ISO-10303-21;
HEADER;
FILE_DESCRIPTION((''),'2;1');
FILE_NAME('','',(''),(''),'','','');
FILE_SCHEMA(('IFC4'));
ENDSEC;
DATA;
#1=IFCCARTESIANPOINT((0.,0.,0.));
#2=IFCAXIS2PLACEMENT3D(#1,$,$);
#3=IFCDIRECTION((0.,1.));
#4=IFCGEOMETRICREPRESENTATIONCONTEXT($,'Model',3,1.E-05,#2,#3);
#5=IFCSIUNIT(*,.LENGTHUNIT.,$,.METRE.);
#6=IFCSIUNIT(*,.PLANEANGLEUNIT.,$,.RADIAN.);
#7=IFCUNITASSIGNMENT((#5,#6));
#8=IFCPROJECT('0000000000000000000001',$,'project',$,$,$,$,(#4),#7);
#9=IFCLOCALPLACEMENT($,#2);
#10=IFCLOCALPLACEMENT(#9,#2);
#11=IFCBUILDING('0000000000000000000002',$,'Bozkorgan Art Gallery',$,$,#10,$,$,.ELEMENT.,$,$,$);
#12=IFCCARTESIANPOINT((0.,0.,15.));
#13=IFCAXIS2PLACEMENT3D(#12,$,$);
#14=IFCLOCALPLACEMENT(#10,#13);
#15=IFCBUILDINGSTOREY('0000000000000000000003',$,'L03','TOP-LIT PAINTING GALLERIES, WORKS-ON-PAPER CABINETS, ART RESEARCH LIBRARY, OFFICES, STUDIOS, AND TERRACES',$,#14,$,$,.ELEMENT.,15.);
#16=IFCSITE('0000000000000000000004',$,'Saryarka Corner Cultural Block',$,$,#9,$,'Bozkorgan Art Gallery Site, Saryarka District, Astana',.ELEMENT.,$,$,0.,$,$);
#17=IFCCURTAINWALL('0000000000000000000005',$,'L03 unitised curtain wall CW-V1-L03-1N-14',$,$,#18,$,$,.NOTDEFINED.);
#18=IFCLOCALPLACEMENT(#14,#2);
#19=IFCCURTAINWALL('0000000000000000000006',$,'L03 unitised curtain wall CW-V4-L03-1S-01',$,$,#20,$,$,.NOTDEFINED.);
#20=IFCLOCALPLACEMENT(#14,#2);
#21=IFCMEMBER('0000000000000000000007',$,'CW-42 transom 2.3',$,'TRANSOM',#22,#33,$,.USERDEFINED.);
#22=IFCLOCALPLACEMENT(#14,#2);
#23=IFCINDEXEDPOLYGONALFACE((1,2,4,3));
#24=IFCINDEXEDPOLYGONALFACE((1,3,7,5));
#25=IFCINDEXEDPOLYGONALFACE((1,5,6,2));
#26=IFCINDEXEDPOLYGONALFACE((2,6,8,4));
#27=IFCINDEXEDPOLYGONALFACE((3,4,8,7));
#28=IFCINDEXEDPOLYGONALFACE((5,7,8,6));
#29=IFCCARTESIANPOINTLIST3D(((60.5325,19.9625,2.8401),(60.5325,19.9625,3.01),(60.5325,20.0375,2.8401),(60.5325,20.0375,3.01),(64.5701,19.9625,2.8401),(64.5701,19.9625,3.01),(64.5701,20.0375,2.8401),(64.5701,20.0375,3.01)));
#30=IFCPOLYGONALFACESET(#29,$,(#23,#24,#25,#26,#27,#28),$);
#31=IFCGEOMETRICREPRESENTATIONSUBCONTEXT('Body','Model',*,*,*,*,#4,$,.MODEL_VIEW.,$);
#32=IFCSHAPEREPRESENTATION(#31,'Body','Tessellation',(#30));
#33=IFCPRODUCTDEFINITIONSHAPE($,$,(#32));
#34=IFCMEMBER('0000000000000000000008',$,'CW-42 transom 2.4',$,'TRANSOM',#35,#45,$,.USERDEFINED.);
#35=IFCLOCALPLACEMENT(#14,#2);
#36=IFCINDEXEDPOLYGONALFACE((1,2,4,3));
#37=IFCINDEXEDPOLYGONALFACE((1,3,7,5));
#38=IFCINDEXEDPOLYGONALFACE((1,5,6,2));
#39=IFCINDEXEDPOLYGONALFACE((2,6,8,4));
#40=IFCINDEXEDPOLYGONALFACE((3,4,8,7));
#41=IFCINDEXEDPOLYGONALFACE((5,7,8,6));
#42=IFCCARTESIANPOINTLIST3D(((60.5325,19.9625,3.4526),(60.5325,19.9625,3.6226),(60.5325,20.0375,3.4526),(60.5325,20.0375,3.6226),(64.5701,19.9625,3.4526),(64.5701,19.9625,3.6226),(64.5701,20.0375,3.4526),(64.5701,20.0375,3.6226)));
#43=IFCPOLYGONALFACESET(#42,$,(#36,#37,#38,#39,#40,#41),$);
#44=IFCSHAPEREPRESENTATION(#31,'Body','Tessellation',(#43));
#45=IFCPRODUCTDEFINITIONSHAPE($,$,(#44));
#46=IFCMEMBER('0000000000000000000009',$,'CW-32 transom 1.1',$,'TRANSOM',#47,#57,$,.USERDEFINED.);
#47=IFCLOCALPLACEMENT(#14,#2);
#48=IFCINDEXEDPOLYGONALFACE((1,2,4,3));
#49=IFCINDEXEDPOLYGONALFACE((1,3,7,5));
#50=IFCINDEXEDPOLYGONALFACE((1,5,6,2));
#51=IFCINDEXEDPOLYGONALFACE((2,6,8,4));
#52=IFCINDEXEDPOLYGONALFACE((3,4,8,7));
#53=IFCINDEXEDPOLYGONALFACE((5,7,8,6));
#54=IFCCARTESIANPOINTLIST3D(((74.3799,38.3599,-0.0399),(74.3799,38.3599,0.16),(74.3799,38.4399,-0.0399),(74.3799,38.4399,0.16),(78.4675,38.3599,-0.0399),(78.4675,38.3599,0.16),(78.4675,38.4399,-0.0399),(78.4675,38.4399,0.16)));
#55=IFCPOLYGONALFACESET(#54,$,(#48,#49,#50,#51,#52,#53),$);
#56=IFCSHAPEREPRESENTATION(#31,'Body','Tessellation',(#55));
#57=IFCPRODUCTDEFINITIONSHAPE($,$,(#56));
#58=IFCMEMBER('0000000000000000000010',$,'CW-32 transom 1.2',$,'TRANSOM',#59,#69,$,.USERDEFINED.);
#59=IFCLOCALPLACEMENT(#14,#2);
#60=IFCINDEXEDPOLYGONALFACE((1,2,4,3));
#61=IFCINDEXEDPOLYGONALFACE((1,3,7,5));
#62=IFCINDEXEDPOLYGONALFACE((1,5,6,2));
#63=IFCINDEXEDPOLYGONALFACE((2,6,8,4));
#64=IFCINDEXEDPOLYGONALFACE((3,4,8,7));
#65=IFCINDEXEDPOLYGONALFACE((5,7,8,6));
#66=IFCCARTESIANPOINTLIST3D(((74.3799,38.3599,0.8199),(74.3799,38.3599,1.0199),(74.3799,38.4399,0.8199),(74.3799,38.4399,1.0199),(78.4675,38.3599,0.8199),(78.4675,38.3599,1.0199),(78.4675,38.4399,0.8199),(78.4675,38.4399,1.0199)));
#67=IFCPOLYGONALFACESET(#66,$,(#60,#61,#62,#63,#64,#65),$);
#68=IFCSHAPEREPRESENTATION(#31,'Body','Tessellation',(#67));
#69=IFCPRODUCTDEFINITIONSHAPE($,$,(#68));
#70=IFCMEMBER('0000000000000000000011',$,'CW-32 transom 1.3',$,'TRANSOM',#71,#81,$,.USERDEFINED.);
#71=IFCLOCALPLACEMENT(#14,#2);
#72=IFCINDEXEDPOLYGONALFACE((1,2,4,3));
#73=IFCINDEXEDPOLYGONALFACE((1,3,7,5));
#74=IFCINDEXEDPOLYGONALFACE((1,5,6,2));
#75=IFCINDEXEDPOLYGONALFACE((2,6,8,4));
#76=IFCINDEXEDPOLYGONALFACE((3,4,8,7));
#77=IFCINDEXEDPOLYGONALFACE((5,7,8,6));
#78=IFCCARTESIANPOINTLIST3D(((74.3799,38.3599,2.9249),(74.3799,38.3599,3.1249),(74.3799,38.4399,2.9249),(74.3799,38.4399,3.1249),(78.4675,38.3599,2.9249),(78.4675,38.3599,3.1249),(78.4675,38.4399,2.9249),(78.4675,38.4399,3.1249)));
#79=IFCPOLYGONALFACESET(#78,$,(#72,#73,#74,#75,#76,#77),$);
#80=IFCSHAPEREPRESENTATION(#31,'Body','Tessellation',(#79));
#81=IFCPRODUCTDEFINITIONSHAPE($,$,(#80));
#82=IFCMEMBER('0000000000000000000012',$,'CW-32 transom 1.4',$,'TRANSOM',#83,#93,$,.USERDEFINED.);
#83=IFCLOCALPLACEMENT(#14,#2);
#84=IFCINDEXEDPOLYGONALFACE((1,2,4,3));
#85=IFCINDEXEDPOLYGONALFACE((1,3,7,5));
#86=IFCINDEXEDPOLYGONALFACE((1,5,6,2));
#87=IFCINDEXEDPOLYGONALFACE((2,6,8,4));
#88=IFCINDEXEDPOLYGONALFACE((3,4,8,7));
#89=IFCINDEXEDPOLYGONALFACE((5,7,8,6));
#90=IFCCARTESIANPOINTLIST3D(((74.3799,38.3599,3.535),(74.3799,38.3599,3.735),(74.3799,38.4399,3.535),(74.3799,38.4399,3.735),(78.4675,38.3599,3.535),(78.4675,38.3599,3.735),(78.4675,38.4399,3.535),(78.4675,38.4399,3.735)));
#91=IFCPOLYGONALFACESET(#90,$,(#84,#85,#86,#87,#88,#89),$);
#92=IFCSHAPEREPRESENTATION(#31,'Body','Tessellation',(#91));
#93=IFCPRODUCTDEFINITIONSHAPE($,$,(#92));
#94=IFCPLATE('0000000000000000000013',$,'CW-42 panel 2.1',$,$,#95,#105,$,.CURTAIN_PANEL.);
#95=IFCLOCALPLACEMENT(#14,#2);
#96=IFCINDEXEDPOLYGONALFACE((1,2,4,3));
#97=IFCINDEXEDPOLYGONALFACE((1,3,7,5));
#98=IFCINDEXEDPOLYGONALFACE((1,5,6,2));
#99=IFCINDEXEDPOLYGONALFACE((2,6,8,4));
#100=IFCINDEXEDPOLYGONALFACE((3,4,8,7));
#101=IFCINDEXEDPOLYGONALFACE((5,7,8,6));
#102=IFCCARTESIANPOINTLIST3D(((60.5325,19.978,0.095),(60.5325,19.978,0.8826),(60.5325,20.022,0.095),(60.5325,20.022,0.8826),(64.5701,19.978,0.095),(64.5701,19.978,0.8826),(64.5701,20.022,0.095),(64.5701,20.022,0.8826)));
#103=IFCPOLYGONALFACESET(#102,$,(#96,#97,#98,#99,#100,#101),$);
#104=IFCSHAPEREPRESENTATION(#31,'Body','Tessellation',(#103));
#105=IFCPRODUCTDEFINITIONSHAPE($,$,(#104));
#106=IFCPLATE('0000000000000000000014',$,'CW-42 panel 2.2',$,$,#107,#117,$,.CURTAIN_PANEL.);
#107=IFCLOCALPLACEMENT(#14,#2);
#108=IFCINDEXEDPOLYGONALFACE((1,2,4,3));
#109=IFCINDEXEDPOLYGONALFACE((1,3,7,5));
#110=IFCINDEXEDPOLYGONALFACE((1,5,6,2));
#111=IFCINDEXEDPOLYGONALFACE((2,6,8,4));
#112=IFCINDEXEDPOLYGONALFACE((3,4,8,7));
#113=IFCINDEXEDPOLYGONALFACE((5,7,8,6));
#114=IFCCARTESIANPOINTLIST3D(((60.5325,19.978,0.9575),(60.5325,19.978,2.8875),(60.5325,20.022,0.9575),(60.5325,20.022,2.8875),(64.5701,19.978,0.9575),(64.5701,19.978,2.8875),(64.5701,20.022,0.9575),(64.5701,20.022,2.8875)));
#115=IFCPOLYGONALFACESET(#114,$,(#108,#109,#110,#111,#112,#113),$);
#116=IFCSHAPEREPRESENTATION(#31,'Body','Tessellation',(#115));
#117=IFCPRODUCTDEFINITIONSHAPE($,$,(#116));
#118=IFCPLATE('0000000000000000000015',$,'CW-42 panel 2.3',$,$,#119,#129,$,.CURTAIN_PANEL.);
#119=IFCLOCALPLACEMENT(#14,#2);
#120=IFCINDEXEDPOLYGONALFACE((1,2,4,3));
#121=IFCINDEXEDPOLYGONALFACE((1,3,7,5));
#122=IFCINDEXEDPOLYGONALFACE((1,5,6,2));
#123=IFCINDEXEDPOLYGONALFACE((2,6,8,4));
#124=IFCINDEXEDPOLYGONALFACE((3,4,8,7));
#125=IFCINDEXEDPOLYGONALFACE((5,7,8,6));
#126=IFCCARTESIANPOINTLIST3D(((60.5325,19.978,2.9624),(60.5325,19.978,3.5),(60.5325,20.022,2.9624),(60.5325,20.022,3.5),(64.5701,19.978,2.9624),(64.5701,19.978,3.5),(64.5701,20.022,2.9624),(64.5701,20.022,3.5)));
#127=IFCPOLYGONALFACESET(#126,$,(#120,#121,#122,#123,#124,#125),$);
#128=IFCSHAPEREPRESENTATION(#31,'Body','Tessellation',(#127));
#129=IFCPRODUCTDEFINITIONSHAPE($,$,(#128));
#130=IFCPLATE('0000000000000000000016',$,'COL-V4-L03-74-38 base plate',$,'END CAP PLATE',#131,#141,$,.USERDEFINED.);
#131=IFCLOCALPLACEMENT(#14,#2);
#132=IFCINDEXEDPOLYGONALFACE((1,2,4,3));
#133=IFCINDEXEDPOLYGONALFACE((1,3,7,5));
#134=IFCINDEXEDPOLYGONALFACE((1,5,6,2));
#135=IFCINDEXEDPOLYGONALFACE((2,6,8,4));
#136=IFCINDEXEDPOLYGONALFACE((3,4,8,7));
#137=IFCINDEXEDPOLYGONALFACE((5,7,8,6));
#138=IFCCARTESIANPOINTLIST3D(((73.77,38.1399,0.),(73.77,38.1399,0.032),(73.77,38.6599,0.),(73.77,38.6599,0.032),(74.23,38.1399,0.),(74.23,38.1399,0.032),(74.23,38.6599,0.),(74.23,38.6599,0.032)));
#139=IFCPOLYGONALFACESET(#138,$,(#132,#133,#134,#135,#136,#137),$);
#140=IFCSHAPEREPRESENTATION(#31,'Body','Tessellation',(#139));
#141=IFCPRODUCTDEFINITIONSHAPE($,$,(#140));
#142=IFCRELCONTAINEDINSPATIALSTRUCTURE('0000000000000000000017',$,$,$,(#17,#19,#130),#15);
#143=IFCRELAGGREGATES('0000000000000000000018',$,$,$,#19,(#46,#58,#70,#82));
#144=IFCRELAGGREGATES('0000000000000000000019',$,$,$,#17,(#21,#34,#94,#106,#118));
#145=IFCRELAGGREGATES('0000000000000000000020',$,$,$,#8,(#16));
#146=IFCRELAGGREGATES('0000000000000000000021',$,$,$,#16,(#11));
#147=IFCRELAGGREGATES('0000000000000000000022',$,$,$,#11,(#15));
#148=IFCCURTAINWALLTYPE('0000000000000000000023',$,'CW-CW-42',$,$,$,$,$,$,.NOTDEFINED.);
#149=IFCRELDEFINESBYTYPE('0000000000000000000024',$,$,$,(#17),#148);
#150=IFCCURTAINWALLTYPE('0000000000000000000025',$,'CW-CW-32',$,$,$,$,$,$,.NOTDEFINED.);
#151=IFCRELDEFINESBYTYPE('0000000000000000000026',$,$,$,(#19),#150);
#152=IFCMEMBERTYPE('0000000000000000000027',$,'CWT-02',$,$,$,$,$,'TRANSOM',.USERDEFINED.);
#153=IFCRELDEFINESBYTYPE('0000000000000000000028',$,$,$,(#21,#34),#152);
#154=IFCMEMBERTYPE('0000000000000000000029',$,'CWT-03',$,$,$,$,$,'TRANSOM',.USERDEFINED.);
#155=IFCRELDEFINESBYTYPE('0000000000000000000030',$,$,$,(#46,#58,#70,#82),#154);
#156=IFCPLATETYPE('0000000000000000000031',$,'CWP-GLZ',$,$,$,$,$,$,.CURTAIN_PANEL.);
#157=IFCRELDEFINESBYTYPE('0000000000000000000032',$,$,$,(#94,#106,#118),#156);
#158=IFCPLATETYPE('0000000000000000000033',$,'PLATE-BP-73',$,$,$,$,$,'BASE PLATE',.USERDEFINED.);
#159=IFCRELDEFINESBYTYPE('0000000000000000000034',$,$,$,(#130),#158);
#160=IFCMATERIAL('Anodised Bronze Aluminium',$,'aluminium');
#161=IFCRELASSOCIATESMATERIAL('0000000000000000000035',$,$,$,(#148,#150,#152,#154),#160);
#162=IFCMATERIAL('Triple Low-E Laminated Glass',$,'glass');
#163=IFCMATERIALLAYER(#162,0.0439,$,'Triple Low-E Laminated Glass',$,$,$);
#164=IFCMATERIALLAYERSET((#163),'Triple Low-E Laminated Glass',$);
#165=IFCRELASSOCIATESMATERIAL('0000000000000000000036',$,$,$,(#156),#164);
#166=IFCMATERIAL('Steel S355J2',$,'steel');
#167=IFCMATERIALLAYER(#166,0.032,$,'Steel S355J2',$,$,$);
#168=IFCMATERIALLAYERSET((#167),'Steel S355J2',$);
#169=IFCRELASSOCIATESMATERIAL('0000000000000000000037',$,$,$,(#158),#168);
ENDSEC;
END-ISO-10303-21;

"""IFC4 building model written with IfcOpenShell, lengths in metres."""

from ifc_helpers import new_model, si_unit, direction, frame, origin, origin_2d, place, context, subcontext, project, spatial, rectangle, extrude, material, layer, layer_set, material_profile, profile_set, type_object, element, aggregate, save


model = new_model("IFC4")

# Units and contexts
model_context = context("Model", 3, precision=1e-05, world=origin(), true_north=direction((0.0, 1.0)))
body_context = subcontext(model_context, "Body", "Model", "MODEL_VIEW")
ifc_project = project(units=[si_unit("LENGTHUNIT", "METRE"), si_unit("PLANEANGLEUNIT", "RADIAN")], contexts=[model_context])

# Site, building, storey
site_placement = place(None, origin())
site = spatial("IfcSite", under=ifc_project, at=site_placement, Name="Saryarka Corner Cultural Block", LongName="Bozkorgan Art Gallery Site, Saryarka District, Astana", CompositionType="ELEMENT", RefElevation=0.0)
building_placement = place(site_placement, origin())
building = spatial("IfcBuilding", under=site, at=building_placement, Name="Bozkorgan Art Gallery", CompositionType="ELEMENT")
storey_placement = place(building_placement, frame((0.0, 0.0, 15.0)))
storey = spatial("IfcBuildingStorey", under=building, at=storey_placement, Name="L03", Description="TOP-LIT PAINTING GALLERIES, WORKS-ON-PAPER CABINETS, ART RESEARCH LIBRARY, OFFICES, STUDIOS, AND TERRACES", CompositionType="ELEMENT", Elevation=15.0)

# Shared definitions
ifc_material_1 = material(Name="Steel S355J2", Category="steel")

# Curtain walls
ifc_material_2 = material(Name="Anodised Bronze Aluminium", Category="aluminium")
curtain_wall_type_1 = type_object("IfcCurtainWallType", Name="CW-CW-42", PredefinedType="NOTDEFINED", material=ifc_material_2)
curtain_wall_1_placement = place(storey_placement, origin())
curtain_wall_1 = element("IfcCurtainWall", 1, at=curtain_wall_1_placement, inside=storey, type_object=curtain_wall_type_1, Name="L03 unitised curtain wall CW-V1-L03-1N-14", PredefinedType="NOTDEFINED")
curtain_wall_type_2 = type_object("IfcCurtainWallType", Name="CW-CW-32", PredefinedType="NOTDEFINED", material=ifc_material_2)
curtain_wall_2_placement = place(storey_placement, origin())
curtain_wall_2 = element("IfcCurtainWall", 2, at=curtain_wall_2_placement, inside=storey, type_object=curtain_wall_type_2, Name="L03 unitised curtain wall CW-V4-L03-1S-01", PredefinedType="NOTDEFINED")

# Members
ifc_material_profile_1 = material_profile(ifc_material_2, rectangle(XDim=0.075, YDim=0.1699, at=origin_2d()), Name="ALU TRANSOM 75x170")
ifc_profile_set_1 = profile_set([ifc_material_profile_1], Name="Anodised Bronze Aluminium")
member_type_1 = type_object("IfcMemberType", Name="CWT-02", ElementType="TRANSOM", PredefinedType="USERDEFINED", material=ifc_profile_set_1)
member_1_placement = place(storey_placement, frame((60.5325, 20.0, 2.925), z_axis=(1.0, 0.0, 0.0), x_axis=(0.0, 1.0, 0.0)))
member_1 = element("IfcMember", 3, at=member_1_placement, type_object=member_type_1, Name="CW-42 transom 2.3", ObjectType="TRANSOM", PredefinedType="USERDEFINED", context=body_context, shape_type="SweptSolid", body=[
    extrude(rectangle(XDim=0.075, YDim=0.1699, at=origin_2d()), origin(), (0.0, 0.0, 1.0), 4.0376),
])
member_2_placement = place(storey_placement, frame((60.5325, 20.0, 3.5376), z_axis=(1.0, 0.0, 0.0), x_axis=(0.0, 1.0, 0.0)))
member_2 = element("IfcMember", 4, at=member_2_placement, type_object=member_type_1, Name="CW-42 transom 2.4", ObjectType="TRANSOM", PredefinedType="USERDEFINED", context=body_context, shape_type="SweptSolid", body=[
    extrude(rectangle(XDim=0.075, YDim=0.1699, at=origin_2d()), origin(), (0.0, 0.0, 1.0), 4.0376),
])
ifc_material_profile_2 = material_profile(ifc_material_2, rectangle(XDim=0.0801, YDim=0.2, at=origin_2d()), Name="ALU TRANSOM 80x200")
ifc_profile_set_2 = profile_set([ifc_material_profile_2], Name="Anodised Bronze Aluminium")
member_type_2 = type_object("IfcMemberType", Name="CWT-03", ElementType="TRANSOM", PredefinedType="USERDEFINED", material=ifc_profile_set_2)
member_3_placement = place(storey_placement, frame((74.3799, 38.3999, 0.0601), z_axis=(1.0, 0.0, 0.0), x_axis=(0.0, 1.0, 0.0)))
member_3 = element("IfcMember", 5, at=member_3_placement, type_object=member_type_2, Name="CW-32 transom 1.1", ObjectType="TRANSOM", PredefinedType="USERDEFINED", context=body_context, shape_type="SweptSolid", body=[
    extrude(rectangle(XDim=0.0801, YDim=0.2, at=origin_2d()), origin(), (0.0, 0.0, 1.0), 4.0876),
])
member_4_placement = place(storey_placement, frame((74.3799, 38.3999, 0.9199), z_axis=(1.0, 0.0, 0.0), x_axis=(0.0, 1.0, 0.0)))
member_4 = element("IfcMember", 6, at=member_4_placement, type_object=member_type_2, Name="CW-32 transom 1.2", ObjectType="TRANSOM", PredefinedType="USERDEFINED", context=body_context, shape_type="SweptSolid", body=[
    extrude(rectangle(XDim=0.0801, YDim=0.2, at=origin_2d()), origin(), (0.0, 0.0, 1.0), 4.0876),
])
member_5_placement = place(storey_placement, frame((74.3799, 38.3999, 3.0249), z_axis=(1.0, 0.0, 0.0), x_axis=(0.0, 1.0, 0.0)))
member_5 = element("IfcMember", 7, at=member_5_placement, type_object=member_type_2, Name="CW-32 transom 1.3", ObjectType="TRANSOM", PredefinedType="USERDEFINED", context=body_context, shape_type="SweptSolid", body=[
    extrude(rectangle(XDim=0.0801, YDim=0.2, at=origin_2d()), origin(), (0.0, 0.0, 1.0), 4.0876),
])
member_6_placement = place(storey_placement, frame((74.3799, 38.3999, 3.635), z_axis=(1.0, 0.0, 0.0), x_axis=(0.0, 1.0, 0.0)))
member_6 = element("IfcMember", 8, at=member_6_placement, type_object=member_type_2, Name="CW-32 transom 1.4", ObjectType="TRANSOM", PredefinedType="USERDEFINED", context=body_context, shape_type="SweptSolid", body=[
    extrude(rectangle(XDim=0.0801, YDim=0.2, at=origin_2d()), origin(), (0.0, 0.0, 1.0), 4.0876),
])
aggregate(curtain_wall_2, [member_3, member_4, member_5, member_6])

# Plates
ifc_material_3 = material(Name="Triple Low-E Laminated Glass", Category="glass")
ifc_layer_1 = layer(ifc_material_3, 0.0439, Name="Triple Low-E Laminated Glass")
ifc_layer_set_1 = layer_set([ifc_layer_1], Name="Triple Low-E Laminated Glass")
plate_type_1 = type_object("IfcPlateType", Name="CWP-GLZ", PredefinedType="CURTAIN_PANEL", material=ifc_layer_set_1)
plate_1_placement = place(storey_placement, frame((62.5513, 20.0, 0.095), z_axis=(0.0, 0.0, 1.0), x_axis=(1.0, 0.0, 0.0)))
plate_1 = element("IfcPlate", 9, at=plate_1_placement, type_object=plate_type_1, Name="CW-42 panel 2.1", PredefinedType="CURTAIN_PANEL", context=body_context, shape_type="SweptSolid", body=[
    extrude(rectangle(XDim=4.0376, YDim=0.0439, at=origin_2d()), origin(), (0.0, 0.0, 1.0), 0.7876),
])
plate_2_placement = place(storey_placement, frame((62.5513, 20.0, 0.9575), z_axis=(0.0, 0.0, 1.0), x_axis=(1.0, 0.0, 0.0)))
plate_2 = element("IfcPlate", 10, at=plate_2_placement, type_object=plate_type_1, Name="CW-42 panel 2.2", PredefinedType="CURTAIN_PANEL", context=body_context, shape_type="SweptSolid", body=[
    extrude(rectangle(XDim=4.0376, YDim=0.0439, at=origin_2d()), origin(), (0.0, 0.0, 1.0), 1.9299),
])
plate_3_placement = place(storey_placement, frame((62.5513, 20.0, 2.9624), z_axis=(0.0, 0.0, 1.0), x_axis=(1.0, 0.0, 0.0)))
plate_3 = element("IfcPlate", 11, at=plate_3_placement, type_object=plate_type_1, Name="CW-42 panel 2.3", PredefinedType="CURTAIN_PANEL", context=body_context, shape_type="SweptSolid", body=[
    extrude(rectangle(XDim=4.0376, YDim=0.0439, at=origin_2d()), origin(), (0.0, 0.0, 1.0), 0.5376),
])
aggregate(curtain_wall_1, [member_1, member_2, plate_1, plate_2, plate_3])
ifc_layer_2 = layer(ifc_material_1, 0.032, Name="Steel S355J2")
ifc_layer_set_2 = layer_set([ifc_layer_2], Name="Steel S355J2")
plate_type_2 = type_object("IfcPlateType", Name="PLATE-BP-73", ElementType="BASE PLATE", PredefinedType="USERDEFINED", material=ifc_layer_set_2)
plate_4_placement = place(storey_placement, frame((74.0, 38.3999, 0.0), z_axis=(0.0, 0.0, 1.0), x_axis=(1.0, 0.0, 0.0)))
element("IfcPlate", 12, at=plate_4_placement, inside=storey, type_object=plate_type_2, Name="COL-V4-L03-74-38 base plate", ObjectType="END CAP PLATE", PredefinedType="USERDEFINED", context=body_context, shape_type="SweptSolid", body=[
    extrude(rectangle(XDim=0.46, YDim=0.52, at=origin_2d()), origin(), (0.0, 0.0, 1.0), 0.032),
])

save(model, "model.ifc")
